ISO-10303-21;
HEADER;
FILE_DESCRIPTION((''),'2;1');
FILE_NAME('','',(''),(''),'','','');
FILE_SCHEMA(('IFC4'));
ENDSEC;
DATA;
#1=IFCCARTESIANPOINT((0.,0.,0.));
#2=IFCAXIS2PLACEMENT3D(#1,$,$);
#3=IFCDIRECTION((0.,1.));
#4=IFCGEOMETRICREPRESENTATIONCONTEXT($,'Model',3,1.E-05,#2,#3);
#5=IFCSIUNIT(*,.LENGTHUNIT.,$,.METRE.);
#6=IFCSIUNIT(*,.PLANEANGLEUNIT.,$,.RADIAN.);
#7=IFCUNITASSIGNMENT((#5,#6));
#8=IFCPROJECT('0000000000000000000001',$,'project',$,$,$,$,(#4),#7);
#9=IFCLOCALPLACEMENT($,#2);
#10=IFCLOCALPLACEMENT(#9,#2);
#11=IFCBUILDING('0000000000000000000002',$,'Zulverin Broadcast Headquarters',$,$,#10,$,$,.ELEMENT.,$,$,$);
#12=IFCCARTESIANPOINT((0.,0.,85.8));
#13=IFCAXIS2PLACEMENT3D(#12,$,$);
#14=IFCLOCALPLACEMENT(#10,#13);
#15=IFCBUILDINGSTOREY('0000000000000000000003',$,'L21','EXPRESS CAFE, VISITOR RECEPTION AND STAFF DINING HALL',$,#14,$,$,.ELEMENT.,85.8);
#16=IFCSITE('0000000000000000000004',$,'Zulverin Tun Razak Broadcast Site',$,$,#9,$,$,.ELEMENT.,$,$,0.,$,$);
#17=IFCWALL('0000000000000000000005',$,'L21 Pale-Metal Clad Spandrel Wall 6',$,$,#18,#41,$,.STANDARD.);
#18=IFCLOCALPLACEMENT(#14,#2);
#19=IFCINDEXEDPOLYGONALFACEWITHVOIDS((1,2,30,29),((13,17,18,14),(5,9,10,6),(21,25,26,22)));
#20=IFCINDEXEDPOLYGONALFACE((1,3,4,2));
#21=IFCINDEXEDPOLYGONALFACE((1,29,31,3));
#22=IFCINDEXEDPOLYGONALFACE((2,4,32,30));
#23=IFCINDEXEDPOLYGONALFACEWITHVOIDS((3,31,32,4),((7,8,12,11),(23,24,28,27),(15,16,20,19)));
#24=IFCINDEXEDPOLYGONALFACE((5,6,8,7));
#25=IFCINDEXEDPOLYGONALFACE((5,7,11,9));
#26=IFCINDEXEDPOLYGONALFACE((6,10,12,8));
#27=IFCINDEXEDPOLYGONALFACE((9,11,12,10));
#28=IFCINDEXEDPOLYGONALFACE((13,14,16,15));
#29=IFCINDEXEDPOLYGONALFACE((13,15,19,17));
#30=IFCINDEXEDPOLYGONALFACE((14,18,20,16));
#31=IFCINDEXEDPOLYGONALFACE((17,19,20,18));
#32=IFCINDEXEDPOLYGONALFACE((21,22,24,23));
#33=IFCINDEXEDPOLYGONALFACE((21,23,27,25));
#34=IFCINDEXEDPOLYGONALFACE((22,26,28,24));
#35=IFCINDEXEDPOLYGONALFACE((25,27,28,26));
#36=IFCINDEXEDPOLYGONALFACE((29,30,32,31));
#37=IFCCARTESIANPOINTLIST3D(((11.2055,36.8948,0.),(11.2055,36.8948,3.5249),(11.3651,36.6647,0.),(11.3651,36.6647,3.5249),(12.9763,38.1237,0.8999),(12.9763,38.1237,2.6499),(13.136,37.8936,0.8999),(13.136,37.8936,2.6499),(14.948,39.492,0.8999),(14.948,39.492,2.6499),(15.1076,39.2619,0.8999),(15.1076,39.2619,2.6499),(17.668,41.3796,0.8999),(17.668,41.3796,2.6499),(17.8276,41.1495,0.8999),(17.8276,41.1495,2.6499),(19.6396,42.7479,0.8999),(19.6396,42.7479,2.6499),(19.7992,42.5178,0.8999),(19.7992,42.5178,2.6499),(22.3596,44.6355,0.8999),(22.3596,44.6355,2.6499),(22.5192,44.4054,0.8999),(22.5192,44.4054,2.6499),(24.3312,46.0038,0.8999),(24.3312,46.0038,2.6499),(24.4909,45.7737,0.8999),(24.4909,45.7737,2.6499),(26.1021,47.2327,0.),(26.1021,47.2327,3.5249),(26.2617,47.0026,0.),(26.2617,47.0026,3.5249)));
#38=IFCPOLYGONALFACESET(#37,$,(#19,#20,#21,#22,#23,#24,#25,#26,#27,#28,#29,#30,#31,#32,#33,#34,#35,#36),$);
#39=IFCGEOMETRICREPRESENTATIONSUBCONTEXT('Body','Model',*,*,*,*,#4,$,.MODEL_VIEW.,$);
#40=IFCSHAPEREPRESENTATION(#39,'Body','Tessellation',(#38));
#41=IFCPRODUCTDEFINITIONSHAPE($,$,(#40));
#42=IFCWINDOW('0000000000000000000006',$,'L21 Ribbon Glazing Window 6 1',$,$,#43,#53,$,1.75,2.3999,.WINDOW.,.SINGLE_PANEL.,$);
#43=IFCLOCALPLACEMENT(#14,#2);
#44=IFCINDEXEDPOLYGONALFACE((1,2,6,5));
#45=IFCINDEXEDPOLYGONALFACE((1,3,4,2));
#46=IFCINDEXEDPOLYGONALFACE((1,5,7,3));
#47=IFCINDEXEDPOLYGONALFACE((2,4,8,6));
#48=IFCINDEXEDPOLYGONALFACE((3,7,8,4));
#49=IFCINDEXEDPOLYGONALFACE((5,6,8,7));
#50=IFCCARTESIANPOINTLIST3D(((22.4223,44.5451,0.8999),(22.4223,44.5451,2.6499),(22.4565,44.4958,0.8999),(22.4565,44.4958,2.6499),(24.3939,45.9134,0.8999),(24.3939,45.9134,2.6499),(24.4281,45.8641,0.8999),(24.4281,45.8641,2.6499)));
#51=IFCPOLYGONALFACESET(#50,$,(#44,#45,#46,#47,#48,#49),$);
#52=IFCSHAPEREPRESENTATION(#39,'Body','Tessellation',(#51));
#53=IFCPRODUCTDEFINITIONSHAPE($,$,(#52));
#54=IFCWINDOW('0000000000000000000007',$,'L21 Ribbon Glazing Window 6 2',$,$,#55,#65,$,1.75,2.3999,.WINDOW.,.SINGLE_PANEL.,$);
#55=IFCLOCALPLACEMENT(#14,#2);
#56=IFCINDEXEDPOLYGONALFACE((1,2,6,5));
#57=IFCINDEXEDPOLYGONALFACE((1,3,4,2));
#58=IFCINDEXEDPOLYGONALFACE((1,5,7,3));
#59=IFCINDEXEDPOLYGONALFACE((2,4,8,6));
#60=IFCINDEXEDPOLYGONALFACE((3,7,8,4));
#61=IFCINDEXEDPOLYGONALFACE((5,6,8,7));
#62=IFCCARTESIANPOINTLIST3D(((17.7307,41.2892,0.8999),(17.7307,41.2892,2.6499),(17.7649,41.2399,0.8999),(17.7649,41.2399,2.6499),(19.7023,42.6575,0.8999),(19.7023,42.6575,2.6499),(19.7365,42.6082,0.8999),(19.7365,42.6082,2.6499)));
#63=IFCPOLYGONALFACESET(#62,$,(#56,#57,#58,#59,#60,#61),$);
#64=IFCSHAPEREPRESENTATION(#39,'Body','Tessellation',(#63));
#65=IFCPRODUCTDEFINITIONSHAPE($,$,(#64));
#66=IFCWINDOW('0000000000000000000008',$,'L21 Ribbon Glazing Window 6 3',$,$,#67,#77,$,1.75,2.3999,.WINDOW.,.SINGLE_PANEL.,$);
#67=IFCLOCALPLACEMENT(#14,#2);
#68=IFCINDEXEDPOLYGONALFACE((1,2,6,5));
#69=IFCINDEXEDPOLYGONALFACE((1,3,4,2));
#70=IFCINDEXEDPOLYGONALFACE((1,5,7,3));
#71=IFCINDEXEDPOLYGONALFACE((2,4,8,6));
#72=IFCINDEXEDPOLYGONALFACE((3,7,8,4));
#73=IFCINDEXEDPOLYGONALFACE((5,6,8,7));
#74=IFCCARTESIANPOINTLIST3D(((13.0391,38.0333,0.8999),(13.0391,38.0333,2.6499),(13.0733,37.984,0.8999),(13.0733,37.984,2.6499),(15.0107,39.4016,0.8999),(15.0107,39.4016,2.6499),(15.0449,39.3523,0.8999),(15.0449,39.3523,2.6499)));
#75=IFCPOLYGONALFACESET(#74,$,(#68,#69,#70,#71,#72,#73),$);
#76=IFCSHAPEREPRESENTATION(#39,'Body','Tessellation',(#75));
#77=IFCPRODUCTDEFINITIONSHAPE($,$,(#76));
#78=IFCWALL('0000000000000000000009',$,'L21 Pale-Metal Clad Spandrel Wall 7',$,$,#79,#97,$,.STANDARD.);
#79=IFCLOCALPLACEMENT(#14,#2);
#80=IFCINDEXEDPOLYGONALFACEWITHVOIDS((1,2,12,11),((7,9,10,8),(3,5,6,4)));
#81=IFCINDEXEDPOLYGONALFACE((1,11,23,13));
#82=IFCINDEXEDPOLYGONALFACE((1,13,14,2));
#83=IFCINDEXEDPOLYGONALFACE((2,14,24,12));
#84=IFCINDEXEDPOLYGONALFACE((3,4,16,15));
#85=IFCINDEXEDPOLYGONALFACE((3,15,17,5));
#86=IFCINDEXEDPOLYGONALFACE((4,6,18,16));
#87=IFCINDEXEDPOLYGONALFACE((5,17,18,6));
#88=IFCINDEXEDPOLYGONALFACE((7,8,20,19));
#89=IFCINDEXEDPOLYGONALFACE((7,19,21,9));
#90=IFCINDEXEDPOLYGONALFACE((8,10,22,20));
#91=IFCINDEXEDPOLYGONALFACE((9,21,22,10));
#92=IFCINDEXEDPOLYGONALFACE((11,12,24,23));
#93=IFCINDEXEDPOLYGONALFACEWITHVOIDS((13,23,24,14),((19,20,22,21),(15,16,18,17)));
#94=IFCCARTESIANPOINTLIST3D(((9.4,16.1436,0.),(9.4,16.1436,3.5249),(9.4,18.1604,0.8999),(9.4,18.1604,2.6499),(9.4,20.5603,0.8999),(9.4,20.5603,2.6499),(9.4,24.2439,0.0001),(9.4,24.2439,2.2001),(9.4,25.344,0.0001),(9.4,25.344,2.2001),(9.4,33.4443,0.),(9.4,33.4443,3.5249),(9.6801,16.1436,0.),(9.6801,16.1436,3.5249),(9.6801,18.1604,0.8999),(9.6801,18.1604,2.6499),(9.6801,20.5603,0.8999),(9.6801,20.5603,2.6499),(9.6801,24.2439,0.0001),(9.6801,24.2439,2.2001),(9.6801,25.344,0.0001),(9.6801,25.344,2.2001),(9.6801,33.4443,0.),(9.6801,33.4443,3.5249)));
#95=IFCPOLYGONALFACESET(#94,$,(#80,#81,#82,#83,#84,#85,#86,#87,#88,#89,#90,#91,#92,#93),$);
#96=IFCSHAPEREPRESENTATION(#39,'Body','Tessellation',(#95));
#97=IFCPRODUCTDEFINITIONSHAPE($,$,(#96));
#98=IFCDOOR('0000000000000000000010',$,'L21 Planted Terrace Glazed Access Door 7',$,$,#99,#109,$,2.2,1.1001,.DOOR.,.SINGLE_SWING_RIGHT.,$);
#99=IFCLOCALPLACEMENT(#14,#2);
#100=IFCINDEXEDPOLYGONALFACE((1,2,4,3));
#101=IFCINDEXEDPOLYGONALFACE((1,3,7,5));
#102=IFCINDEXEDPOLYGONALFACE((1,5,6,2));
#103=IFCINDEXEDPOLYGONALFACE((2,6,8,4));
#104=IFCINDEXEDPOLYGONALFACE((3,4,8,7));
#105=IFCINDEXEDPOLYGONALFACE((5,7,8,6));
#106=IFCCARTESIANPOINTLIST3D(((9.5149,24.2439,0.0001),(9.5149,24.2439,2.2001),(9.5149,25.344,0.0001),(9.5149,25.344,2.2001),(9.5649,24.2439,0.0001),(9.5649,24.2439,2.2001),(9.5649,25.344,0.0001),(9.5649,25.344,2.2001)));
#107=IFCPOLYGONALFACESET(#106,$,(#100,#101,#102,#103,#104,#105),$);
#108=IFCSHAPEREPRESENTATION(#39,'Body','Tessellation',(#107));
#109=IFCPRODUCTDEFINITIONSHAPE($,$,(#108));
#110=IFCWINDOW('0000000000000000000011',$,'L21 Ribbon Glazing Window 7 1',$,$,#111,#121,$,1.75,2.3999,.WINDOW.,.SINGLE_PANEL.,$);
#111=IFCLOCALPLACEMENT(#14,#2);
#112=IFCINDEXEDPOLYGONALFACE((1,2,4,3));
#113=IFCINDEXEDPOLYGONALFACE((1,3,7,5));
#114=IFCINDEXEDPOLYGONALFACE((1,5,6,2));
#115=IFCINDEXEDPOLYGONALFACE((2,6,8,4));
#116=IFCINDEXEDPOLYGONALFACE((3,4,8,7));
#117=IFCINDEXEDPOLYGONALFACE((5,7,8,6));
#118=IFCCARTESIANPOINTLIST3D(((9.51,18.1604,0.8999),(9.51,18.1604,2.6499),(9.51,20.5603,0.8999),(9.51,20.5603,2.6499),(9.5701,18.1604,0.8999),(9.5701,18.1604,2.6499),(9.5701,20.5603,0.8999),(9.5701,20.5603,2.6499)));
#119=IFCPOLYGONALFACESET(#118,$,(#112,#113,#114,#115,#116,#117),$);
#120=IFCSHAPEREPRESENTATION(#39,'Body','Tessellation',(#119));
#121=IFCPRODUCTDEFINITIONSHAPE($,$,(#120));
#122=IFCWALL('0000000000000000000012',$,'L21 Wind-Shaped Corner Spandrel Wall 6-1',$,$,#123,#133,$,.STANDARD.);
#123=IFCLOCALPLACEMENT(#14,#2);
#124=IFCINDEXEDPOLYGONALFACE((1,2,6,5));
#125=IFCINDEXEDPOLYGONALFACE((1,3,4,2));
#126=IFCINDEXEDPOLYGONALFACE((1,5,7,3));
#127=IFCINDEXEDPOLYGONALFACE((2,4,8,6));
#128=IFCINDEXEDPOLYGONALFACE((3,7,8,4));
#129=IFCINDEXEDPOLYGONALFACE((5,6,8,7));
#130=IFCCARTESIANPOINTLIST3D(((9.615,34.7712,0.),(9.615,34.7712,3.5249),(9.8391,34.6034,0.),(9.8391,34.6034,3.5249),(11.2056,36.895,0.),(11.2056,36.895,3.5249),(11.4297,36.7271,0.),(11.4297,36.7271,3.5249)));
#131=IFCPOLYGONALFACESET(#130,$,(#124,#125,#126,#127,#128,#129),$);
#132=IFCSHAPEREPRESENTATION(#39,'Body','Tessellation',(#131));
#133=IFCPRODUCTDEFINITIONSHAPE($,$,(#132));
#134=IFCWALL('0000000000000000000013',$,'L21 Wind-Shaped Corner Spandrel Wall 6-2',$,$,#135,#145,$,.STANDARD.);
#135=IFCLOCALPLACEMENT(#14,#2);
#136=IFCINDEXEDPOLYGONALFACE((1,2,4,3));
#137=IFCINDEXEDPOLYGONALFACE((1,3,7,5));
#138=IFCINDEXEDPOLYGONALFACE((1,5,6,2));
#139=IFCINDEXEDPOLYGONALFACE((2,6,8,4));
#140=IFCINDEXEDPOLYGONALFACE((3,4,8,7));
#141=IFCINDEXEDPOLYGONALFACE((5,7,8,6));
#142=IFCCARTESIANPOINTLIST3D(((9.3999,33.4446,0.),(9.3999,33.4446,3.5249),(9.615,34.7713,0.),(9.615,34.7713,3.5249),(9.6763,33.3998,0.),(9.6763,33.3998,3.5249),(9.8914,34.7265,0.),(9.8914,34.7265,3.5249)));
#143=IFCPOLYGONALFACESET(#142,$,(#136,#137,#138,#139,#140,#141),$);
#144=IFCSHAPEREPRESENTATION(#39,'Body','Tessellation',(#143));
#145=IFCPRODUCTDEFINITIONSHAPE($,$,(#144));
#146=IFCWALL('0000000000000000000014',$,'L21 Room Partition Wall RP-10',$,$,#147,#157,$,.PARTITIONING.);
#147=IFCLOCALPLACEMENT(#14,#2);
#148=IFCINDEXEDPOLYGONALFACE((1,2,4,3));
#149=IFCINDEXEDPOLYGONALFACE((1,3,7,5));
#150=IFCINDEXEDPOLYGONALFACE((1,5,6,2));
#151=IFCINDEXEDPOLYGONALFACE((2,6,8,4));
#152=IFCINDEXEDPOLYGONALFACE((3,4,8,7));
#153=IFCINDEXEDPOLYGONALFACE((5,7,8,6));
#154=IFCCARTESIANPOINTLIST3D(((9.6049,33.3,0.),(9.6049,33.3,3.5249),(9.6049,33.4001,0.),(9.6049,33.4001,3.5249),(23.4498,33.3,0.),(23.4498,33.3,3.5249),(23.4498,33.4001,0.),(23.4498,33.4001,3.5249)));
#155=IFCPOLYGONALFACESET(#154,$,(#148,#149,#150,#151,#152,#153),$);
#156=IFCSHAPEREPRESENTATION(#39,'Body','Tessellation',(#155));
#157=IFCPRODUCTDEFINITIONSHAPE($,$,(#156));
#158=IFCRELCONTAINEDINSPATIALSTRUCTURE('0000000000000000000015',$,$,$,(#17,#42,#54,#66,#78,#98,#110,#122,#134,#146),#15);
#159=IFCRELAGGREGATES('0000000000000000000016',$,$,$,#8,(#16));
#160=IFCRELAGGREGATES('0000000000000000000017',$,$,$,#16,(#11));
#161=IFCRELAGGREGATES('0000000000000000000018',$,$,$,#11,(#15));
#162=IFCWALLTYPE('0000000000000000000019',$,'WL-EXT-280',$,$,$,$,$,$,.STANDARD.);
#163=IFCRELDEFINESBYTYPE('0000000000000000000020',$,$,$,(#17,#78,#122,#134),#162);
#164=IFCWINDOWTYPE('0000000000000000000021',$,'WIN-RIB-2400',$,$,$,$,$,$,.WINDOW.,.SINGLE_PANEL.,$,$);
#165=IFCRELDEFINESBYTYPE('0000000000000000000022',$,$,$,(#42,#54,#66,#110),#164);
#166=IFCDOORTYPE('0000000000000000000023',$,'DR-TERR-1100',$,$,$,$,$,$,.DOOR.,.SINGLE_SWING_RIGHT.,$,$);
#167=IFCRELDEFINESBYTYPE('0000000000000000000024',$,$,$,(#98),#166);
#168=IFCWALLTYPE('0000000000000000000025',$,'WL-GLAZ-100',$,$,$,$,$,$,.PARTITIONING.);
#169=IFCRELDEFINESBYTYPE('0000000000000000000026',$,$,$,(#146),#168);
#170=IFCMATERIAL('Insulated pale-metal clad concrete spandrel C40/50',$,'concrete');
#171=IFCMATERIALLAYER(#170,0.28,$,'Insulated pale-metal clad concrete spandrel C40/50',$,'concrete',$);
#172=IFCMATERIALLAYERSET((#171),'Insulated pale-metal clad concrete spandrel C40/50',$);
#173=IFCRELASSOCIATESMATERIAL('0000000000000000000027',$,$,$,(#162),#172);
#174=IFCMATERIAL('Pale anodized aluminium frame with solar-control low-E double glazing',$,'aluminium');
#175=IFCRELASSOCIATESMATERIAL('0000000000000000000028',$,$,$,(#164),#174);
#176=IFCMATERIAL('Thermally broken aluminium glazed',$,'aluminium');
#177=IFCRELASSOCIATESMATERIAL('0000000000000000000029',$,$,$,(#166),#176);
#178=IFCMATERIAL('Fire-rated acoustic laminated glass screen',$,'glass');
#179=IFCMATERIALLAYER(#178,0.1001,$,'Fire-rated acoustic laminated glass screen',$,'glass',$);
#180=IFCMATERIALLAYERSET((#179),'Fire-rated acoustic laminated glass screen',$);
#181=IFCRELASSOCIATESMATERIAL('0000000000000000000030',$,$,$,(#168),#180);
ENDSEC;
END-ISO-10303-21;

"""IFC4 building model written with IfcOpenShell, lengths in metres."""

from ifc_helpers import new_model, si_unit, direction, frame, frame_2d, origin, place, context, subcontext, project, spatial, rectangle, extrude, material, layer, layer_set, type_object, element, fill, save


model = new_model("IFC4")

# Units and contexts
model_context = context("Model", 3, precision=1e-05, world=origin(), true_north=direction((0.0, 1.0)))
body_context = subcontext(model_context, "Body", "Model", "MODEL_VIEW")
ifc_project = project(units=[si_unit("LENGTHUNIT", "METRE"), si_unit("PLANEANGLEUNIT", "RADIAN")], contexts=[model_context])

# Site, building, storey
site_placement = place(None, origin())
site = spatial("IfcSite", under=ifc_project, at=site_placement, Name="Zulverin Tun Razak Broadcast Site", CompositionType="ELEMENT", RefElevation=0.0)
building_placement = place(site_placement, origin())
building = spatial("IfcBuilding", under=site, at=building_placement, Name="Zulverin Broadcast Headquarters", CompositionType="ELEMENT")
storey_placement = place(building_placement, frame((0.0, 0.0, 85.8)))
storey = spatial("IfcBuildingStorey", under=building, at=storey_placement, Name="L21", Description="EXPRESS CAFE, VISITOR RECEPTION AND STAFF DINING HALL", CompositionType="ELEMENT", Elevation=85.8)

# Wall, openings, windows
ifc_material_1 = material(Name="Insulated pale-metal clad concrete spandrel C40/50", Category="concrete")
ifc_layer_1 = layer(ifc_material_1, 0.28, Name="Insulated pale-metal clad concrete spandrel C40/50", Category="concrete")
ifc_layer_set_1 = layer_set([ifc_layer_1], Name="Insulated pale-metal clad concrete spandrel C40/50")
wall_type_1 = type_object("IfcWallType", Name="WL-EXT-280", PredefinedType="STANDARD", material=ifc_layer_set_1)
wall_1_placement = place(storey_placement, frame((26.1819, 47.1177, 0.0), z_axis=(0.0, 0.0, 1.0), x_axis=(-0.821548, -0.570139, 0.0)))
wall_1 = element("IfcWall", 1, at=wall_1_placement, inside=storey, type_object=wall_type_1, Name="L21 Pale-Metal Clad Spandrel Wall 6", PredefinedType="STANDARD", context=body_context, shape_type="SweptSolid", body=[
    extrude(rectangle(XDim=18.1323, YDim=0.28, at=frame_2d((9.0662, 0.0))), origin(), (0.0, 0.0, 1.0), 3.5249),
])
opening_1_placement = place(wall_1_placement, frame((2.1555, 0.0, 0.8999)))
opening_1 = element("IfcOpeningElement", 2, at=opening_1_placement, cuts=wall_1, PredefinedType="OPENING", context=body_context, shape_type="SweptSolid", body=[
    extrude(rectangle(XDim=2.3999, YDim=1.75, at=frame_2d((1.2, 0.875))), frame((0.0, 0.1499, 0.0), z_axis=(0.0, -1.0, 0.0), x_axis=(1.0, 0.0, 0.0)), (0.0, 0.0, 1.0), 0.3),
])
opening_2_placement = place(wall_1_placement, frame((7.8662, 0.0, 0.8999)))
opening_2 = element("IfcOpeningElement", 3, at=opening_2_placement, cuts=wall_1, PredefinedType="OPENING", context=body_context, shape_type="SweptSolid", body=[
    extrude(rectangle(XDim=2.3999, YDim=1.75, at=frame_2d((1.2, 0.875))), frame((0.0, 0.1499, 0.0), z_axis=(0.0, -1.0, 0.0), x_axis=(1.0, 0.0, 0.0)), (0.0, 0.0, 1.0), 0.3),
])
opening_3_placement = place(wall_1_placement, frame((13.5769, 0.0, 0.8999)))
opening_3 = element("IfcOpeningElement", 4, at=opening_3_placement, cuts=wall_1, PredefinedType="OPENING", context=body_context, shape_type="SweptSolid", body=[
    extrude(rectangle(XDim=2.3999, YDim=1.75, at=frame_2d((1.2, 0.875))), frame((0.0, 0.1499, 0.0), z_axis=(0.0, -1.0, 0.0), x_axis=(1.0, 0.0, 0.0)), (0.0, 0.0, 1.0), 0.3),
])
ifc_material_2 = material(Name="Pale anodized aluminium frame with solar-control low-E double glazing", Category="aluminium")
window_type = type_object("IfcWindowType", Name="WIN-RIB-2400", PartitioningType="SINGLE_PANEL", PredefinedType="WINDOW", material=ifc_material_2)
window_1_placement = place(opening_1_placement, origin())
window_1 = element("IfcWindow", 5, at=window_1_placement, inside=storey, type_object=window_type, Name="L21 Ribbon Glazing Window 6 1", OverallHeight=1.75, OverallWidth=2.3999, PartitioningType="SINGLE_PANEL", PredefinedType="WINDOW", context=body_context, shape_type="SweptSolid", body=[
    extrude(rectangle(XDim=2.3999, YDim=1.75, at=frame_2d((1.2, 0.875))), frame((0.0, 0.03, 0.0), z_axis=(0.0, -1.0, 0.0), x_axis=(1.0, 0.0, 0.0)), (0.0, 0.0, 1.0), 0.0601),
])
fill(opening_1, window_1)
window_2_placement = place(opening_2_placement, origin())
window_2 = element("IfcWindow", 6, at=window_2_placement, inside=storey, type_object=window_type, Name="L21 Ribbon Glazing Window 6 2", OverallHeight=1.75, OverallWidth=2.3999, PartitioningType="SINGLE_PANEL", PredefinedType="WINDOW", context=body_context, shape_type="SweptSolid", body=[
    extrude(rectangle(XDim=2.3999, YDim=1.75, at=frame_2d((1.2, 0.875))), frame((0.0, 0.03, 0.0), z_axis=(0.0, -1.0, 0.0), x_axis=(1.0, 0.0, 0.0)), (0.0, 0.0, 1.0), 0.0601),
])
fill(opening_2, window_2)
window_3_placement = place(opening_3_placement, origin())
window_3 = element("IfcWindow", 7, at=window_3_placement, inside=storey, type_object=window_type, Name="L21 Ribbon Glazing Window 6 3", OverallHeight=1.75, OverallWidth=2.3999, PartitioningType="SINGLE_PANEL", PredefinedType="WINDOW", context=body_context, shape_type="SweptSolid", body=[
    extrude(rectangle(XDim=2.3999, YDim=1.75, at=frame_2d((1.2, 0.875))), frame((0.0, 0.03, 0.0), z_axis=(0.0, -1.0, 0.0), x_axis=(1.0, 0.0, 0.0)), (0.0, 0.0, 1.0), 0.0601),
])
fill(opening_3, window_3)

# Wall, openings, door, window
wall_2_placement = place(storey_placement, frame((9.54, 33.4443, 0.0), z_axis=(0.0, 0.0, 1.0), x_axis=(0.0, -1.0, 0.0)))
wall_2 = element("IfcWall", 8, at=wall_2_placement, inside=storey, type_object=wall_type_1, Name="L21 Pale-Metal Clad Spandrel Wall 7", PredefinedType="STANDARD", context=body_context, shape_type="SweptSolid", body=[
    extrude(rectangle(XDim=17.3008, YDim=0.28, at=frame_2d((8.6504, 0.0))), origin(), (0.0, 0.0, 1.0), 3.5249),
])
opening_4_placement = place(wall_2_placement, frame((8.1003, 0.0, 0.0)))
opening_4 = element("IfcOpeningElement", 9, at=opening_4_placement, cuts=wall_2, PredefinedType="OPENING", context=body_context, shape_type="SweptSolid", body=[
    extrude(rectangle(XDim=1.1001, YDim=2.2, at=frame_2d((0.55, 1.1001))), frame((0.0, 0.1499, 0.0), z_axis=(0.0, -1.0, 0.0), x_axis=(1.0, 0.0, 0.0)), (0.0, 0.0, 1.0), 0.3),
])
opening_5_placement = place(wall_2_placement, frame((12.884, 0.0, 0.8999)))
opening_5 = element("IfcOpeningElement", 10, at=opening_5_placement, cuts=wall_2, PredefinedType="OPENING", context=body_context, shape_type="SweptSolid", body=[
    extrude(rectangle(XDim=2.3999, YDim=1.75, at=frame_2d((1.2, 0.875))), frame((0.0, 0.1499, 0.0), z_axis=(0.0, -1.0, 0.0), x_axis=(1.0, 0.0, 0.0)), (0.0, 0.0, 1.0), 0.3),
])
ifc_material_3 = material(Name="Thermally broken aluminium glazed", Category="aluminium")
door_type_1 = type_object("IfcDoorType", Name="DR-TERR-1100", OperationType="SINGLE_SWING_RIGHT", PredefinedType="DOOR", material=ifc_material_3)
door_1_placement = place(opening_4_placement, origin())
door_1 = element("IfcDoor", 11, at=door_1_placement, inside=storey, type_object=door_type_1, Name="L21 Planted Terrace Glazed Access Door 7", OperationType="SINGLE_SWING_RIGHT", OverallHeight=2.2, OverallWidth=1.1001, PredefinedType="DOOR", context=body_context, shape_type="SweptSolid", body=[
    extrude(rectangle(XDim=1.1001, YDim=2.2, at=frame_2d((0.55, 1.1001))), frame((0.0, 0.0249, 0.0), z_axis=(0.0, -1.0, 0.0), x_axis=(1.0, 0.0, 0.0)), (0.0, 0.0, 1.0), 0.05),
])
fill(opening_4, door_1)
window_4_placement = place(opening_5_placement, origin())
window_4 = element("IfcWindow", 12, at=window_4_placement, inside=storey, type_object=window_type, Name="L21 Ribbon Glazing Window 7 1", OverallHeight=1.75, OverallWidth=2.3999, PartitioningType="SINGLE_PANEL", PredefinedType="WINDOW", context=body_context, shape_type="SweptSolid", body=[
    extrude(rectangle(XDim=2.3999, YDim=1.75, at=frame_2d((1.2, 0.875))), frame((0.0, 0.03, 0.0), z_axis=(0.0, -1.0, 0.0), x_axis=(1.0, 0.0, 0.0)), (0.0, 0.0, 1.0), 0.0601),
])
fill(opening_5, window_4)

# Walls
wall_3_placement = place(storey_placement, frame((11.3176, 36.811, 0.0), z_axis=(0.0, 0.0, 1.0), x_axis=(-0.599455, -0.800408, 0.0)))
element("IfcWall", 13, at=wall_3_placement, inside=storey, type_object=wall_type_1, Name="L21 Wind-Shaped Corner Spandrel Wall 6-1", PredefinedType="STANDARD", context=body_context, shape_type="SweptSolid", body=[
    extrude(rectangle(XDim=2.6533, YDim=0.28, at=frame_2d((1.3267, 0.0))), origin(), (0.0, 0.0, 1.0), 3.5249),
])
wall_4_placement = place(storey_placement, frame((9.7532, 34.7488, 0.0), z_axis=(0.0, 0.0, 1.0), x_axis=(-0.160038, -0.987111, 0.0)))
element("IfcWall", 14, at=wall_4_placement, inside=storey, type_object=wall_type_1, Name="L21 Wind-Shaped Corner Spandrel Wall 6-2", PredefinedType="STANDARD", context=body_context, shape_type="SweptSolid", body=[
    extrude(rectangle(XDim=1.344, YDim=0.28, at=frame_2d((0.6719, 0.0))), origin(), (0.0, 0.0, 1.0), 3.5249),
])
ifc_material_4 = material(Name="Fire-rated acoustic laminated glass screen", Category="glass")
ifc_layer_2 = layer(ifc_material_4, 0.1001, Name="Fire-rated acoustic laminated glass screen", Category="glass")
ifc_layer_set_2 = layer_set([ifc_layer_2], Name="Fire-rated acoustic laminated glass screen")
wall_type_2 = type_object("IfcWallType", Name="WL-GLAZ-100", PredefinedType="PARTITIONING", material=ifc_layer_set_2)
wall_5_placement = place(storey_placement, frame((9.605, 33.3501, 0.0), z_axis=(0.0, 0.0, 1.0), x_axis=(1.0, 0.0, 0.0)))
element("IfcWall", 15, at=wall_5_placement, inside=storey, type_object=wall_type_2, Name="L21 Room Partition Wall RP-10", PredefinedType="PARTITIONING", context=body_context, shape_type="SweptSolid", body=[
    extrude(rectangle(XDim=13.845, YDim=0.1001, at=frame_2d((6.9224, 0.0))), origin(), (0.0, 0.0, 1.0), 3.5249),
])

save(model, "model.ifc")
